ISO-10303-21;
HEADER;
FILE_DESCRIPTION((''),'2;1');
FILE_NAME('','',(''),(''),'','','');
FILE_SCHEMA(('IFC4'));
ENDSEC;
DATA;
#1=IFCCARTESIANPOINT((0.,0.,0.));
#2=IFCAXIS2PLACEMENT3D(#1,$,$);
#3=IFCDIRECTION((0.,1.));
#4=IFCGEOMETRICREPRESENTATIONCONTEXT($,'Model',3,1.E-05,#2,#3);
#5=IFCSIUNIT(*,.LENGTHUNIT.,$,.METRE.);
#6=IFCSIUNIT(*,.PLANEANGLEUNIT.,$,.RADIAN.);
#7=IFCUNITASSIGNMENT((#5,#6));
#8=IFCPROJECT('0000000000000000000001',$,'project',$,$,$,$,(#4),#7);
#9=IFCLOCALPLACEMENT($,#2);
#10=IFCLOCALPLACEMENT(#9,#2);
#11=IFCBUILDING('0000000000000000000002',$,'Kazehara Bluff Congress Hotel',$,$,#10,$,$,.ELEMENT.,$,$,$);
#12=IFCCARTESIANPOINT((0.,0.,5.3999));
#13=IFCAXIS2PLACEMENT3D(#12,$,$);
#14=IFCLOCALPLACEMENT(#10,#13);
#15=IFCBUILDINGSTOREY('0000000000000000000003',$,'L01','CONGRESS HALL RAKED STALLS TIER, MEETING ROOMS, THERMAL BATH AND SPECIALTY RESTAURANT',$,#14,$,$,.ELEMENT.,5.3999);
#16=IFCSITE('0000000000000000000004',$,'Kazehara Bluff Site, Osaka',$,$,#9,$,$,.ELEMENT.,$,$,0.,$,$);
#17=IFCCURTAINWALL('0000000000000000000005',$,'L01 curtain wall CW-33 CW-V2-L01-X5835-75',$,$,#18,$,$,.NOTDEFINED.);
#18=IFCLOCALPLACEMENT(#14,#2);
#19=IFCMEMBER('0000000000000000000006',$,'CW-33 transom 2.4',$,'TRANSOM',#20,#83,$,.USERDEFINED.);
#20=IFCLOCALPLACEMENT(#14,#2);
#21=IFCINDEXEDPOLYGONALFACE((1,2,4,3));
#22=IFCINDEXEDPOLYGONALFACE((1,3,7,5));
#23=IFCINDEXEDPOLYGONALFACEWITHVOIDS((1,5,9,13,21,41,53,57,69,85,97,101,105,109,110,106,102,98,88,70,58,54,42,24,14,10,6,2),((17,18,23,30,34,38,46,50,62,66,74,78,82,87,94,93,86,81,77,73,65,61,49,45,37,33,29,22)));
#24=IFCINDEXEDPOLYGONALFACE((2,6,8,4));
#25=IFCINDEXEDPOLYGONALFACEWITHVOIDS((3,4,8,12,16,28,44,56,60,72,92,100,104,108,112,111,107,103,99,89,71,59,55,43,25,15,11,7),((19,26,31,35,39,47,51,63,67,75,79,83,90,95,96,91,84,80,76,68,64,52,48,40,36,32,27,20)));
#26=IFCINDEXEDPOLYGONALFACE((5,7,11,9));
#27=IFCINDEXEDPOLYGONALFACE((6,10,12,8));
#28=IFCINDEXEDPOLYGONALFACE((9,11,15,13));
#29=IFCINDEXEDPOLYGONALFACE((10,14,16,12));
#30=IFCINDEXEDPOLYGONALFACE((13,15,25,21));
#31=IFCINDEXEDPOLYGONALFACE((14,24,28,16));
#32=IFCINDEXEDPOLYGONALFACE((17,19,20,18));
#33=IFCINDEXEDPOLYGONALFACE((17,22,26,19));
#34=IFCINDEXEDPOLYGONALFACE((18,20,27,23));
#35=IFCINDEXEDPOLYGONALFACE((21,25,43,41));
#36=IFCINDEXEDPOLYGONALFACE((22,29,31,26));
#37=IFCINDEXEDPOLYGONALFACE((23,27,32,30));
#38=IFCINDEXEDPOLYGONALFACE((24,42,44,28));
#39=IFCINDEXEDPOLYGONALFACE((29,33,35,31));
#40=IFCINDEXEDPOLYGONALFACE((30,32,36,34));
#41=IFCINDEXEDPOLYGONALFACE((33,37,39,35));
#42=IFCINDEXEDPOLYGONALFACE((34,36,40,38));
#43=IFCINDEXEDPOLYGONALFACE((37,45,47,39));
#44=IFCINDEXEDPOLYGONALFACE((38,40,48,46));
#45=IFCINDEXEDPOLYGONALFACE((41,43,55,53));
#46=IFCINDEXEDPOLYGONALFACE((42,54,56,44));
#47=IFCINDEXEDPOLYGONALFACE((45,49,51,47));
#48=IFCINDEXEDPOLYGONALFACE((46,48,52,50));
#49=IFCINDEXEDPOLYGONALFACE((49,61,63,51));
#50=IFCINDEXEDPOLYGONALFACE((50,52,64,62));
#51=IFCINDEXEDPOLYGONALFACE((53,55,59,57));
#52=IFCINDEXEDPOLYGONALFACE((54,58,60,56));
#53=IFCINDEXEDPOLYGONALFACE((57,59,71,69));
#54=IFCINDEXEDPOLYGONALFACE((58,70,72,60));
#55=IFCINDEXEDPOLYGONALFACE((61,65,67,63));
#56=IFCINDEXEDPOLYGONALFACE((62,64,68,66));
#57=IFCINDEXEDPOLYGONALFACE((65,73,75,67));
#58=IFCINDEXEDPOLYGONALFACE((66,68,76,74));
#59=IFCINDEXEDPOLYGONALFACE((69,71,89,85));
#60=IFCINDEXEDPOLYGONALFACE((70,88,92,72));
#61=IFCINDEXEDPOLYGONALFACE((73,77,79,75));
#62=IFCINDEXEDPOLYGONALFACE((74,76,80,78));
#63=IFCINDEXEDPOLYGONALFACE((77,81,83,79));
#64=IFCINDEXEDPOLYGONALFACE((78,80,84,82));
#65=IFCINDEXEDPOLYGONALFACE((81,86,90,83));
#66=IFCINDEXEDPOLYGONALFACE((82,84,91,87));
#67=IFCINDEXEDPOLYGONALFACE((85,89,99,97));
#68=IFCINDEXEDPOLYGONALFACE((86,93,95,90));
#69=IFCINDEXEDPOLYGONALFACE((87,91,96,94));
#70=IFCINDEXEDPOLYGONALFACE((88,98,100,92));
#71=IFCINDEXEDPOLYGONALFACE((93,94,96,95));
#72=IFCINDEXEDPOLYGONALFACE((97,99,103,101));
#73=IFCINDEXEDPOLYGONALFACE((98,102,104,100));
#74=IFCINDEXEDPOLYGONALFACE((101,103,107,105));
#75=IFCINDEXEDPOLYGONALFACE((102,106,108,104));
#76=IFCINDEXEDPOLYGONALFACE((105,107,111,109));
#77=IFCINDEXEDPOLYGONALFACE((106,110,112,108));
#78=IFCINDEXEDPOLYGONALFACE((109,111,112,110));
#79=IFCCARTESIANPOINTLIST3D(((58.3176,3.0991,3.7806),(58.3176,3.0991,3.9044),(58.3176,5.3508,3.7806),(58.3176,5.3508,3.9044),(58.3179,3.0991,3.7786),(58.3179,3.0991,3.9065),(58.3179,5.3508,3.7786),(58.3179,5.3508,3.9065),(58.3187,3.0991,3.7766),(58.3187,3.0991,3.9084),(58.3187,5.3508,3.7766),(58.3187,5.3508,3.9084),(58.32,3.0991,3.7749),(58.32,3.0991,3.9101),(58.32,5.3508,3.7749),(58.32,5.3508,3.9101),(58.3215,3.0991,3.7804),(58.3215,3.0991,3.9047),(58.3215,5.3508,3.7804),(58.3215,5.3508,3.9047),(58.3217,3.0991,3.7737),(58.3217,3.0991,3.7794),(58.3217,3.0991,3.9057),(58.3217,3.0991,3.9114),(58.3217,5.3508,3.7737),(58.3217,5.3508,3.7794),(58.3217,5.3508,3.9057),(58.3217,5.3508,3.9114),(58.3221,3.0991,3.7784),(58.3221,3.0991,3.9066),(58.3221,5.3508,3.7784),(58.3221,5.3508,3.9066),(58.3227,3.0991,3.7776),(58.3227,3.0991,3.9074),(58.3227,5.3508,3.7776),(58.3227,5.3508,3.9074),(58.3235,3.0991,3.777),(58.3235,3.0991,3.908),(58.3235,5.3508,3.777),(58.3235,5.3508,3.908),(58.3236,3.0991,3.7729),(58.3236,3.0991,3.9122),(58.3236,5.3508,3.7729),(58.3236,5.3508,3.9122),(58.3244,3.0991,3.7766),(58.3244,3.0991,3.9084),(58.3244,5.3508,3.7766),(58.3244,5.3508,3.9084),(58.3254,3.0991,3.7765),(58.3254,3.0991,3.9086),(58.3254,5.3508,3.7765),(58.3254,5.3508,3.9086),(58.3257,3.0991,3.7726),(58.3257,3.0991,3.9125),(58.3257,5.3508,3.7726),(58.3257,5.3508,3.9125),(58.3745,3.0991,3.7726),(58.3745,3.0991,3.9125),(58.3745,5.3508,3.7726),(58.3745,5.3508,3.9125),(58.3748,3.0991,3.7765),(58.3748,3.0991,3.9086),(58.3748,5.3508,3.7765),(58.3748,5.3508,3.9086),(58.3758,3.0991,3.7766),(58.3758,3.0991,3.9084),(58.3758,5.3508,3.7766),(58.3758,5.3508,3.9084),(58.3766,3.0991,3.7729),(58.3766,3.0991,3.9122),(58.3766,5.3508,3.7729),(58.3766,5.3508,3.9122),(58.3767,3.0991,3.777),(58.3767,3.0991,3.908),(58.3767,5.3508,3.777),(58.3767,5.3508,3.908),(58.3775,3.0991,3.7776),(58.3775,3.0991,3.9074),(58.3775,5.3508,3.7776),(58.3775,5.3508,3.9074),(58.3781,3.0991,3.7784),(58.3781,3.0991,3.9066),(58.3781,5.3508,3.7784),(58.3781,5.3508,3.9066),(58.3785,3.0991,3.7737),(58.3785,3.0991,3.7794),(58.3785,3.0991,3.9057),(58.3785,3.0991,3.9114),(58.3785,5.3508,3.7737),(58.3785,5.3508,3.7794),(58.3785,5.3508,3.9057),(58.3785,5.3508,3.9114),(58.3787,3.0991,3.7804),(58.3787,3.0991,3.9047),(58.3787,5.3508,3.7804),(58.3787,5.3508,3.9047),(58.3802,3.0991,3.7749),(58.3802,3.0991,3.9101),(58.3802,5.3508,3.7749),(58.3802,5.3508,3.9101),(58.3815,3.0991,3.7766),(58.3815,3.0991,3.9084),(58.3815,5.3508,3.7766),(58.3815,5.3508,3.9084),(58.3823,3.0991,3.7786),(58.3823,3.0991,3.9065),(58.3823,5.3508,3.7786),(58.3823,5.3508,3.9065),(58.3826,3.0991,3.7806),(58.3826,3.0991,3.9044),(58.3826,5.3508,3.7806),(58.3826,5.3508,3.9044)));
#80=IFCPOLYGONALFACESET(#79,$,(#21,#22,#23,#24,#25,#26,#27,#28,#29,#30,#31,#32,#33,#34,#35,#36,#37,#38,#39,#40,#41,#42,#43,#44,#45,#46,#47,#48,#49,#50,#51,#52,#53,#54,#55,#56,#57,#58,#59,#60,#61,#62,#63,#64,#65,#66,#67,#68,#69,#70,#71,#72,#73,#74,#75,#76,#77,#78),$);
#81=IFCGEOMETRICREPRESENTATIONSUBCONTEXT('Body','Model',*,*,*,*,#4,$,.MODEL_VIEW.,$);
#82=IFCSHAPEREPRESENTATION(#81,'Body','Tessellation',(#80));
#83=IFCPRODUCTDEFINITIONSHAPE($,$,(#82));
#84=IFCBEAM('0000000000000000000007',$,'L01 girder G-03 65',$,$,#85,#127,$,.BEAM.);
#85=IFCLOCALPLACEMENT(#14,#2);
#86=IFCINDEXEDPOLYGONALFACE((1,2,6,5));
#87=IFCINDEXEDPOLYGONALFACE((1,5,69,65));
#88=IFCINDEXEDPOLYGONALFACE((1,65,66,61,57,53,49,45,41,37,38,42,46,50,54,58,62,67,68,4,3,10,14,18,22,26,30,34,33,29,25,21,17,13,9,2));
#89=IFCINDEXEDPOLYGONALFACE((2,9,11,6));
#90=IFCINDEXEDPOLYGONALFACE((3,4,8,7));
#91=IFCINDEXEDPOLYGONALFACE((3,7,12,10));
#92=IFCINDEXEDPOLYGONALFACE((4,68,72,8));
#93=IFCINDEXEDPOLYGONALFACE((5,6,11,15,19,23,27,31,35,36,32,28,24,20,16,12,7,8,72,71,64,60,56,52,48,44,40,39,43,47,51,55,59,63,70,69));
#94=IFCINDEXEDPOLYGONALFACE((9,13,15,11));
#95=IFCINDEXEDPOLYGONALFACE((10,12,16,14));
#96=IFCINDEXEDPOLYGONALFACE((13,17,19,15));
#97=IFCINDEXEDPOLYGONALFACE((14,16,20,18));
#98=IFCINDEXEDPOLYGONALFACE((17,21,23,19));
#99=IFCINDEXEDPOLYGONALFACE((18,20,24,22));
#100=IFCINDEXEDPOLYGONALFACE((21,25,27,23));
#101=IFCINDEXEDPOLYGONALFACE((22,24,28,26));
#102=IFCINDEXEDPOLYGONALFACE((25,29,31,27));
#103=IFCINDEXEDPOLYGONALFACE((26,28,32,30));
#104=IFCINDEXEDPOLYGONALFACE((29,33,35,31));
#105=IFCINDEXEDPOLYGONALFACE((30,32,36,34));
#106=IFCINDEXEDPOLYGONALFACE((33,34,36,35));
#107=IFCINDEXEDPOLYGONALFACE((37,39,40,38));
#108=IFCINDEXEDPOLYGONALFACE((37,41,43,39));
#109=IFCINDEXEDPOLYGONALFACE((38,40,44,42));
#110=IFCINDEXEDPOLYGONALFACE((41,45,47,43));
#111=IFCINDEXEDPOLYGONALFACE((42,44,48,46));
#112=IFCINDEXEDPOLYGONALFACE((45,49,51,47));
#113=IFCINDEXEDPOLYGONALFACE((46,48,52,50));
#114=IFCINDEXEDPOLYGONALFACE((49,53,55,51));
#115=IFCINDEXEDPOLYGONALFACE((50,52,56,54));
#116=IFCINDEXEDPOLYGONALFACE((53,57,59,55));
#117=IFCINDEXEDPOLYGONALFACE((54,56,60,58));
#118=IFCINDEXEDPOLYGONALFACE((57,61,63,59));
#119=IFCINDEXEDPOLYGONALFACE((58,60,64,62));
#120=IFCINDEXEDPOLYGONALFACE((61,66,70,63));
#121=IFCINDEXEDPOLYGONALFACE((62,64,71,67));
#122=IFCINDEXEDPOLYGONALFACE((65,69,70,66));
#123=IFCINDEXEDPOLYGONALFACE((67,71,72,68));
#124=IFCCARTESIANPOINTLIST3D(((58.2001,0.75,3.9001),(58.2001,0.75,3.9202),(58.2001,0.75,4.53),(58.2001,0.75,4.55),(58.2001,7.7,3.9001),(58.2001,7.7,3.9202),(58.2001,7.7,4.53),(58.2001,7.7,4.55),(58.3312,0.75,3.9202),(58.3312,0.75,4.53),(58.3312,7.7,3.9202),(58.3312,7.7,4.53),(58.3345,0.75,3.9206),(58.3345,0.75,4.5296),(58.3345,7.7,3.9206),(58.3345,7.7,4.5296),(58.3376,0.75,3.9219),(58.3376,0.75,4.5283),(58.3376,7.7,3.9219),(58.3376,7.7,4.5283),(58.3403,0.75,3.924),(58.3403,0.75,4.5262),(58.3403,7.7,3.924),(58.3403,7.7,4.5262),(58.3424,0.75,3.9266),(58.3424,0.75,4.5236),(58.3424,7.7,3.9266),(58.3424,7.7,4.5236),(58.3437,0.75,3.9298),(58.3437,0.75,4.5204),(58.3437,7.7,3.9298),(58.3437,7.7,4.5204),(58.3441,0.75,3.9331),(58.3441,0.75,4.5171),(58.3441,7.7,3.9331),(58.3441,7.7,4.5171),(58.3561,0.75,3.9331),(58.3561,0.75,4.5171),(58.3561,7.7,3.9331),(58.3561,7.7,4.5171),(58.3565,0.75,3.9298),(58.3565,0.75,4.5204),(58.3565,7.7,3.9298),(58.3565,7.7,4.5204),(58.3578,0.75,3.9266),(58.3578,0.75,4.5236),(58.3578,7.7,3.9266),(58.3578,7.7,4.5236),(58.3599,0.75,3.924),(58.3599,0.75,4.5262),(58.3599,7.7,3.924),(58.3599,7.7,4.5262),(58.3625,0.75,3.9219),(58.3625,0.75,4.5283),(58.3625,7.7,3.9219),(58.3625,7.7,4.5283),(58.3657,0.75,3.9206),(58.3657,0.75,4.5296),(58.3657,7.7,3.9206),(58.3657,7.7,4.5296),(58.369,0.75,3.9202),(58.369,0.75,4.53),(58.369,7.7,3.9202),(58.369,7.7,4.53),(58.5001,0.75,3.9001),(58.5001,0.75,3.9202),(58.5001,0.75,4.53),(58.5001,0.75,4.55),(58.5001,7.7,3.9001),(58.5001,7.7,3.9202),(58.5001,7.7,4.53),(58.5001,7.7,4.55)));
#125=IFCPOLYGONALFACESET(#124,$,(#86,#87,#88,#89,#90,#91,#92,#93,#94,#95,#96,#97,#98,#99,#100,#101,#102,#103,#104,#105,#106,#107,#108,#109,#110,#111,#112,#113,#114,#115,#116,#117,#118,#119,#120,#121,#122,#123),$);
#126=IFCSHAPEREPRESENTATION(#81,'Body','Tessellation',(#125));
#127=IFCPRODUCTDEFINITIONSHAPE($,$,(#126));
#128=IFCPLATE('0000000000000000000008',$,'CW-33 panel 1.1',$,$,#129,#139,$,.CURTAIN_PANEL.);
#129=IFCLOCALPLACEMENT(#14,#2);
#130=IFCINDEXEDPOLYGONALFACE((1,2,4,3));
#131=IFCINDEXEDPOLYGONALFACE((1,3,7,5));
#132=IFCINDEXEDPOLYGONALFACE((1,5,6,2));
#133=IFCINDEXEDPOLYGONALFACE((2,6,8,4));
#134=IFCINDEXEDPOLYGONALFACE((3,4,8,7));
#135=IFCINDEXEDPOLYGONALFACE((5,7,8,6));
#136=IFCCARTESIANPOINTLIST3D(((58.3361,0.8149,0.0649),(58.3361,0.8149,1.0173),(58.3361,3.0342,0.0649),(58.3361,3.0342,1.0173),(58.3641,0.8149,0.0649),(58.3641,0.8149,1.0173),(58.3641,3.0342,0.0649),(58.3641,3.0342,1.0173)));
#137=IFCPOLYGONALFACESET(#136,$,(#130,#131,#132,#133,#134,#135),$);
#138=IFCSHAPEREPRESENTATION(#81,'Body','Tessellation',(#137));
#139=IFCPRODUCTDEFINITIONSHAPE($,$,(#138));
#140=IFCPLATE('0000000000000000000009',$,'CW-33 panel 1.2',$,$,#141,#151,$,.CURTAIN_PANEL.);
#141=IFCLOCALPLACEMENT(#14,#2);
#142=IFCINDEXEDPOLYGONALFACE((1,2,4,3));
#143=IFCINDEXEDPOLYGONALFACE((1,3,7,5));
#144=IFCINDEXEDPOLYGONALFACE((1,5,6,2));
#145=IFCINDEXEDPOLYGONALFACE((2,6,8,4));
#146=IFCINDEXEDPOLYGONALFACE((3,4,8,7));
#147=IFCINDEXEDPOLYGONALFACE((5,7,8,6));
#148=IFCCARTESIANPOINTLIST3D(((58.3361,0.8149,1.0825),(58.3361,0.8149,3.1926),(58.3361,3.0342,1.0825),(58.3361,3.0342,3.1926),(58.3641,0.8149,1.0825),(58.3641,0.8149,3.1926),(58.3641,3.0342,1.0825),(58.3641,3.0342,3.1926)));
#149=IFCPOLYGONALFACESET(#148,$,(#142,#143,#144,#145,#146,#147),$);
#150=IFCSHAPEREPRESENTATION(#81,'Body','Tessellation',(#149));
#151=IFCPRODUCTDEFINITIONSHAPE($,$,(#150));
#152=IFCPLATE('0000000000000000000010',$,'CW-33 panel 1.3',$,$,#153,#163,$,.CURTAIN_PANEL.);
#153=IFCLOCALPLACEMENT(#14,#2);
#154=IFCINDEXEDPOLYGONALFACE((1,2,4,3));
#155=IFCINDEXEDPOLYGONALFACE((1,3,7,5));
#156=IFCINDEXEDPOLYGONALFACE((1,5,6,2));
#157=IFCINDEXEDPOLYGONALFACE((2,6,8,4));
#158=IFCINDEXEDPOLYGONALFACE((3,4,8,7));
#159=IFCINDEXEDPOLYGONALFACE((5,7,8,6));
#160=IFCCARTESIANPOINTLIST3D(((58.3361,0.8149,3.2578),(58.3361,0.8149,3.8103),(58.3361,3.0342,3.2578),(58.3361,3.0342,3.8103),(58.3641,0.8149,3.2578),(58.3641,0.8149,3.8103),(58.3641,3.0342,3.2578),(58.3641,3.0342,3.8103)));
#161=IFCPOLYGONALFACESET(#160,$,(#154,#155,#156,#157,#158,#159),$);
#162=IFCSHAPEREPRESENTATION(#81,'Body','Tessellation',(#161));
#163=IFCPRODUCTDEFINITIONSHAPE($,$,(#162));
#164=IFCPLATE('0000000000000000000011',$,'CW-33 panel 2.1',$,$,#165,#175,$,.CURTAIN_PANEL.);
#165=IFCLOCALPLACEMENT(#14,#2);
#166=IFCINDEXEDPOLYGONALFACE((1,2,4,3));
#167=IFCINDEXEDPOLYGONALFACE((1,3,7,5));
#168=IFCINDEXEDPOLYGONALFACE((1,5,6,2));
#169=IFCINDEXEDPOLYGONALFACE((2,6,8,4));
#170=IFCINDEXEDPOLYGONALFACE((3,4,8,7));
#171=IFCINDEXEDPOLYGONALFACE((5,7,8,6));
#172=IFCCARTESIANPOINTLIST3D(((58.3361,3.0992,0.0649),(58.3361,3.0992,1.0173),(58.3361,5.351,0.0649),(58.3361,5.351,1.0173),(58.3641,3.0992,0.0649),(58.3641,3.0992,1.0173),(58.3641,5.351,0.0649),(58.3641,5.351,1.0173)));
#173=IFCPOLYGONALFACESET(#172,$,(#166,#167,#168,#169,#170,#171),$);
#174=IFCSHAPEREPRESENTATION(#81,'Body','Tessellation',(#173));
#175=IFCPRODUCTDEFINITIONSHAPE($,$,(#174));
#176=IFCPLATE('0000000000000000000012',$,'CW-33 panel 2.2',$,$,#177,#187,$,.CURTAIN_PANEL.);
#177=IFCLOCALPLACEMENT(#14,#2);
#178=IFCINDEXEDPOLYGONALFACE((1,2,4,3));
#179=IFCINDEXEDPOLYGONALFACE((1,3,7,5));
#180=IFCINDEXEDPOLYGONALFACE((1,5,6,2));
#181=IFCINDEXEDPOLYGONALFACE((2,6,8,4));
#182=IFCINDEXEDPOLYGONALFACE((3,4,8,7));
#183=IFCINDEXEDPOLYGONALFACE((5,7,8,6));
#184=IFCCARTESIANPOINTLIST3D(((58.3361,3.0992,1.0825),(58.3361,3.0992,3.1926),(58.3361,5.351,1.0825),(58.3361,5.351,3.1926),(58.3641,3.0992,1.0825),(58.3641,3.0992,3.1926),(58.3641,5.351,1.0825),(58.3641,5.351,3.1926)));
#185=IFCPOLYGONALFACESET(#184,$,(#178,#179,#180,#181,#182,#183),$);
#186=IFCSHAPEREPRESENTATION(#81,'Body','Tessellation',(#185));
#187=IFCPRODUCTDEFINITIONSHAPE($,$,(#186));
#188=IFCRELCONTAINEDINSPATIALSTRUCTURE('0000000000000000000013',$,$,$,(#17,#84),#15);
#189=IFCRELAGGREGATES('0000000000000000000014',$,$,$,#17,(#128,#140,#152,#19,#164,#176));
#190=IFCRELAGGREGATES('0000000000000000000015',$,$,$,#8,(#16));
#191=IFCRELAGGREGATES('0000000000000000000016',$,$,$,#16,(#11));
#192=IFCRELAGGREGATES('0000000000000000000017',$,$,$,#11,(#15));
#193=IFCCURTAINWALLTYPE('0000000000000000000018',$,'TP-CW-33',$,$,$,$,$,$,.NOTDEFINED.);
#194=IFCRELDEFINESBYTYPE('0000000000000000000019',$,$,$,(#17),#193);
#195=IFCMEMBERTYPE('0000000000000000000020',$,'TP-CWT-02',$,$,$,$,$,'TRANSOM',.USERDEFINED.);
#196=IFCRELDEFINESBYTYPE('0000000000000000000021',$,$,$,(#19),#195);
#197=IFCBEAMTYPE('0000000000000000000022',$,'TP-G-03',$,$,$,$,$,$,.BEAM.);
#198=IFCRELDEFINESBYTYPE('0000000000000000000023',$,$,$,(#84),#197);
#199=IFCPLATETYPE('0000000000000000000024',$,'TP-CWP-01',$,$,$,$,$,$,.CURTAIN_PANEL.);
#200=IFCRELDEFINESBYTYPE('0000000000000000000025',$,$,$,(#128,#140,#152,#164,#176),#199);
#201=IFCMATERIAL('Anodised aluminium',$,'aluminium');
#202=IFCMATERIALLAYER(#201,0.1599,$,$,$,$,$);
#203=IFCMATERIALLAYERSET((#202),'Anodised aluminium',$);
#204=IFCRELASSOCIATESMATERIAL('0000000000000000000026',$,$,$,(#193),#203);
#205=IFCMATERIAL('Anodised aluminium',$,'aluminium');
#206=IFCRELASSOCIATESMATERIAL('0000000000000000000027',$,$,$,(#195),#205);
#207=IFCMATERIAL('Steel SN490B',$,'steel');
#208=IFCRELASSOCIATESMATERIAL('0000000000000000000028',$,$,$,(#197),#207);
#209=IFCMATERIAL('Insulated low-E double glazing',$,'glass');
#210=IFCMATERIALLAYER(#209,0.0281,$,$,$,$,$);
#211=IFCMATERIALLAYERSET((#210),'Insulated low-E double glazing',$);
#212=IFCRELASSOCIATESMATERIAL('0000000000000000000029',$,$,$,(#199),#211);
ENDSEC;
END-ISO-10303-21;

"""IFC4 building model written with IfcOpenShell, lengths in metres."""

from ifc_helpers import new_model, si_unit, direction, frame, origin, origin_2d, place, context, subcontext, project, spatial, rectangle, hollow_rectangle, i_section, extrude, material, layer, layer_set, material_profile, profile_set, type_object, element, aggregate, save


model = new_model("IFC4")

# Units and contexts
model_context = context("Model", 3, precision=1e-05, world=origin(), true_north=direction((0.0, 1.0)))
body_context = subcontext(model_context, "Body", "Model", "MODEL_VIEW")
ifc_project = project(units=[si_unit("LENGTHUNIT", "METRE"), si_unit("PLANEANGLEUNIT", "RADIAN")], contexts=[model_context])

# Site, building, storey
site_placement = place(None, origin())
site = spatial("IfcSite", under=ifc_project, at=site_placement, Name="Kazehara Bluff Site, Osaka", CompositionType="ELEMENT", RefElevation=0.0)
building_placement = place(site_placement, origin())
building = spatial("IfcBuilding", under=site, at=building_placement, Name="Kazehara Bluff Congress Hotel", CompositionType="ELEMENT")
storey_placement = place(building_placement, frame((0.0, 0.0, 5.3999)))
storey = spatial("IfcBuildingStorey", under=building, at=storey_placement, Name="L01", Description="CONGRESS HALL RAKED STALLS TIER, MEETING ROOMS, THERMAL BATH AND SPECIALTY RESTAURANT", CompositionType="ELEMENT", Elevation=5.3999)

# Curtain wall
ifc_material_1 = material(Name="Anodised aluminium", Category="aluminium")
ifc_layer_1 = layer(ifc_material_1, 0.1599)
ifc_layer_set_1 = layer_set([ifc_layer_1], Name="Anodised aluminium")
curtain_wall_type_1 = type_object("IfcCurtainWallType", Name="TP-CW-33", PredefinedType="NOTDEFINED", material=ifc_layer_set_1)
curtain_wall_1_placement = place(storey_placement, origin())
curtain_wall_1 = element("IfcCurtainWall", 1, at=curtain_wall_1_placement, inside=storey, type_object=curtain_wall_type_1, Name="L01 curtain wall CW-33 CW-V2-L01-X5835-75", PredefinedType="NOTDEFINED")
ifc_material_2 = material(Name="Anodised aluminium", Category="aluminium")
ifc_material_profile_1 = material_profile(ifc_material_2, hollow_rectangle(XDim=0.0649, YDim=0.1399, WallThickness=0.0039, InnerFilletRadius=0.0039, OuterFilletRadius=0.0081, at=origin_2d()))
ifc_profile_set_1 = profile_set([ifc_material_profile_1], Name="Anodised aluminium")
member_type_1 = type_object("IfcMemberType", Name="TP-CWT-02", ElementType="TRANSOM", PredefinedType="USERDEFINED", material=ifc_profile_set_1)

# Member
member_1_placement = place(storey_placement, frame((58.3501, 3.0991, 3.8425), z_axis=(0.0, 1.0, 0.0), x_axis=(-1.0, 0.0, 0.0)))
member_1 = element("IfcMember", 2, at=member_1_placement, type_object=member_type_1, Name="CW-33 transom 2.4", ObjectType="TRANSOM", PredefinedType="USERDEFINED", context=body_context, shape_type="SweptSolid", body=[
    extrude(hollow_rectangle(XDim=0.0649, YDim=0.1399, WallThickness=0.0039, InnerFilletRadius=0.0039, OuterFilletRadius=0.0081, at=origin_2d()), origin(), (0.0, 0.0, 1.0), 2.2517),
])

# Beam
ifc_material_3 = material(Name="Steel SN490B", Category="steel")
ifc_material_profile_2 = material_profile(ifc_material_3, i_section(OverallWidth=0.3, OverallDepth=0.6499, WebThickness=0.012, FlangeThickness=0.02, FilletRadius=0.0129, at=origin_2d()))
ifc_profile_set_2 = profile_set([ifc_material_profile_2], Name="Steel SN490B")
beam_type = type_object("IfcBeamType", Name="TP-G-03", PredefinedType="BEAM", material=ifc_profile_set_2)
beam_placement = place(storey_placement, frame((58.3501, 0.75, 4.2251), z_axis=(0.0, 1.0, 0.0), x_axis=(-1.0, 0.0, 0.0)))
element("IfcBeam", 3, at=beam_placement, inside=storey, type_object=beam_type, Name="L01 girder G-03 65", PredefinedType="BEAM", context=body_context, shape_type="SweptSolid", body=[
    extrude(i_section(OverallWidth=0.3, OverallDepth=0.6499, WebThickness=0.012, FlangeThickness=0.02, FilletRadius=0.0129, at=origin_2d()), origin(), (0.0, 0.0, 1.0), 6.95),
])

# Plates
ifc_material_4 = material(Name="Insulated low-E double glazing", Category="glass")
ifc_layer_2 = layer(ifc_material_4, 0.0281)
ifc_layer_set_2 = layer_set([ifc_layer_2], Name="Insulated low-E double glazing")
plate_type_1 = type_object("IfcPlateType", Name="TP-CWP-01", PredefinedType="CURTAIN_PANEL", material=ifc_layer_set_2)
plate_1_placement = place(storey_placement, frame((58.3501, 1.9246, 0.0649), z_axis=(0.0, 0.0, 1.0), x_axis=(0.0, 1.0, 0.0)))
plate_1 = element("IfcPlate", 4, at=plate_1_placement, type_object=plate_type_1, Name="CW-33 panel 1.1", PredefinedType="CURTAIN_PANEL", context=body_context, shape_type="SweptSolid", body=[
    extrude(rectangle(XDim=2.2192, YDim=0.0281, at=origin_2d()), origin(), (0.0, 0.0, 1.0), 0.9524),
])
plate_2_placement = place(storey_placement, frame((58.3501, 1.9246, 1.0825), z_axis=(0.0, 0.0, 1.0), x_axis=(0.0, 1.0, 0.0)))
plate_2 = element("IfcPlate", 5, at=plate_2_placement, type_object=plate_type_1, Name="CW-33 panel 1.2", PredefinedType="CURTAIN_PANEL", context=body_context, shape_type="SweptSolid", body=[
    extrude(rectangle(XDim=2.2192, YDim=0.0281, at=origin_2d()), origin(), (0.0, 0.0, 1.0), 2.1101),
])
plate_3_placement = place(storey_placement, frame((58.3501, 1.9246, 3.2578), z_axis=(0.0, 0.0, 1.0), x_axis=(0.0, 1.0, 0.0)))
plate_3 = element("IfcPlate", 6, at=plate_3_placement, type_object=plate_type_1, Name="CW-33 panel 1.3", PredefinedType="CURTAIN_PANEL", context=body_context, shape_type="SweptSolid", body=[
    extrude(rectangle(XDim=2.2192, YDim=0.0281, at=origin_2d()), origin(), (0.0, 0.0, 1.0), 0.5525),
])
plate_4_placement = place(storey_placement, frame((58.3501, 4.2251, 0.0649), z_axis=(0.0, 0.0, 1.0), x_axis=(0.0, 1.0, 0.0)))
plate_4 = element("IfcPlate", 7, at=plate_4_placement, type_object=plate_type_1, Name="CW-33 panel 2.1", PredefinedType="CURTAIN_PANEL", context=body_context, shape_type="SweptSolid", body=[
    extrude(rectangle(XDim=2.2517, YDim=0.0281, at=origin_2d()), origin(), (0.0, 0.0, 1.0), 0.9524),
])
plate_5_placement = place(storey_placement, frame((58.3501, 4.2251, 1.0825), z_axis=(0.0, 0.0, 1.0), x_axis=(0.0, 1.0, 0.0)))
plate_5 = element("IfcPlate", 8, at=plate_5_placement, type_object=plate_type_1, Name="CW-33 panel 2.2", PredefinedType="CURTAIN_PANEL", context=body_context, shape_type="SweptSolid", body=[
    extrude(rectangle(XDim=2.2517, YDim=0.0281, at=origin_2d()), origin(), (0.0, 0.0, 1.0), 2.1101),
])
aggregate(curtain_wall_1, [plate_1, plate_2, plate_3, member_1, plate_4, plate_5])

save(model, "model.ifc")
